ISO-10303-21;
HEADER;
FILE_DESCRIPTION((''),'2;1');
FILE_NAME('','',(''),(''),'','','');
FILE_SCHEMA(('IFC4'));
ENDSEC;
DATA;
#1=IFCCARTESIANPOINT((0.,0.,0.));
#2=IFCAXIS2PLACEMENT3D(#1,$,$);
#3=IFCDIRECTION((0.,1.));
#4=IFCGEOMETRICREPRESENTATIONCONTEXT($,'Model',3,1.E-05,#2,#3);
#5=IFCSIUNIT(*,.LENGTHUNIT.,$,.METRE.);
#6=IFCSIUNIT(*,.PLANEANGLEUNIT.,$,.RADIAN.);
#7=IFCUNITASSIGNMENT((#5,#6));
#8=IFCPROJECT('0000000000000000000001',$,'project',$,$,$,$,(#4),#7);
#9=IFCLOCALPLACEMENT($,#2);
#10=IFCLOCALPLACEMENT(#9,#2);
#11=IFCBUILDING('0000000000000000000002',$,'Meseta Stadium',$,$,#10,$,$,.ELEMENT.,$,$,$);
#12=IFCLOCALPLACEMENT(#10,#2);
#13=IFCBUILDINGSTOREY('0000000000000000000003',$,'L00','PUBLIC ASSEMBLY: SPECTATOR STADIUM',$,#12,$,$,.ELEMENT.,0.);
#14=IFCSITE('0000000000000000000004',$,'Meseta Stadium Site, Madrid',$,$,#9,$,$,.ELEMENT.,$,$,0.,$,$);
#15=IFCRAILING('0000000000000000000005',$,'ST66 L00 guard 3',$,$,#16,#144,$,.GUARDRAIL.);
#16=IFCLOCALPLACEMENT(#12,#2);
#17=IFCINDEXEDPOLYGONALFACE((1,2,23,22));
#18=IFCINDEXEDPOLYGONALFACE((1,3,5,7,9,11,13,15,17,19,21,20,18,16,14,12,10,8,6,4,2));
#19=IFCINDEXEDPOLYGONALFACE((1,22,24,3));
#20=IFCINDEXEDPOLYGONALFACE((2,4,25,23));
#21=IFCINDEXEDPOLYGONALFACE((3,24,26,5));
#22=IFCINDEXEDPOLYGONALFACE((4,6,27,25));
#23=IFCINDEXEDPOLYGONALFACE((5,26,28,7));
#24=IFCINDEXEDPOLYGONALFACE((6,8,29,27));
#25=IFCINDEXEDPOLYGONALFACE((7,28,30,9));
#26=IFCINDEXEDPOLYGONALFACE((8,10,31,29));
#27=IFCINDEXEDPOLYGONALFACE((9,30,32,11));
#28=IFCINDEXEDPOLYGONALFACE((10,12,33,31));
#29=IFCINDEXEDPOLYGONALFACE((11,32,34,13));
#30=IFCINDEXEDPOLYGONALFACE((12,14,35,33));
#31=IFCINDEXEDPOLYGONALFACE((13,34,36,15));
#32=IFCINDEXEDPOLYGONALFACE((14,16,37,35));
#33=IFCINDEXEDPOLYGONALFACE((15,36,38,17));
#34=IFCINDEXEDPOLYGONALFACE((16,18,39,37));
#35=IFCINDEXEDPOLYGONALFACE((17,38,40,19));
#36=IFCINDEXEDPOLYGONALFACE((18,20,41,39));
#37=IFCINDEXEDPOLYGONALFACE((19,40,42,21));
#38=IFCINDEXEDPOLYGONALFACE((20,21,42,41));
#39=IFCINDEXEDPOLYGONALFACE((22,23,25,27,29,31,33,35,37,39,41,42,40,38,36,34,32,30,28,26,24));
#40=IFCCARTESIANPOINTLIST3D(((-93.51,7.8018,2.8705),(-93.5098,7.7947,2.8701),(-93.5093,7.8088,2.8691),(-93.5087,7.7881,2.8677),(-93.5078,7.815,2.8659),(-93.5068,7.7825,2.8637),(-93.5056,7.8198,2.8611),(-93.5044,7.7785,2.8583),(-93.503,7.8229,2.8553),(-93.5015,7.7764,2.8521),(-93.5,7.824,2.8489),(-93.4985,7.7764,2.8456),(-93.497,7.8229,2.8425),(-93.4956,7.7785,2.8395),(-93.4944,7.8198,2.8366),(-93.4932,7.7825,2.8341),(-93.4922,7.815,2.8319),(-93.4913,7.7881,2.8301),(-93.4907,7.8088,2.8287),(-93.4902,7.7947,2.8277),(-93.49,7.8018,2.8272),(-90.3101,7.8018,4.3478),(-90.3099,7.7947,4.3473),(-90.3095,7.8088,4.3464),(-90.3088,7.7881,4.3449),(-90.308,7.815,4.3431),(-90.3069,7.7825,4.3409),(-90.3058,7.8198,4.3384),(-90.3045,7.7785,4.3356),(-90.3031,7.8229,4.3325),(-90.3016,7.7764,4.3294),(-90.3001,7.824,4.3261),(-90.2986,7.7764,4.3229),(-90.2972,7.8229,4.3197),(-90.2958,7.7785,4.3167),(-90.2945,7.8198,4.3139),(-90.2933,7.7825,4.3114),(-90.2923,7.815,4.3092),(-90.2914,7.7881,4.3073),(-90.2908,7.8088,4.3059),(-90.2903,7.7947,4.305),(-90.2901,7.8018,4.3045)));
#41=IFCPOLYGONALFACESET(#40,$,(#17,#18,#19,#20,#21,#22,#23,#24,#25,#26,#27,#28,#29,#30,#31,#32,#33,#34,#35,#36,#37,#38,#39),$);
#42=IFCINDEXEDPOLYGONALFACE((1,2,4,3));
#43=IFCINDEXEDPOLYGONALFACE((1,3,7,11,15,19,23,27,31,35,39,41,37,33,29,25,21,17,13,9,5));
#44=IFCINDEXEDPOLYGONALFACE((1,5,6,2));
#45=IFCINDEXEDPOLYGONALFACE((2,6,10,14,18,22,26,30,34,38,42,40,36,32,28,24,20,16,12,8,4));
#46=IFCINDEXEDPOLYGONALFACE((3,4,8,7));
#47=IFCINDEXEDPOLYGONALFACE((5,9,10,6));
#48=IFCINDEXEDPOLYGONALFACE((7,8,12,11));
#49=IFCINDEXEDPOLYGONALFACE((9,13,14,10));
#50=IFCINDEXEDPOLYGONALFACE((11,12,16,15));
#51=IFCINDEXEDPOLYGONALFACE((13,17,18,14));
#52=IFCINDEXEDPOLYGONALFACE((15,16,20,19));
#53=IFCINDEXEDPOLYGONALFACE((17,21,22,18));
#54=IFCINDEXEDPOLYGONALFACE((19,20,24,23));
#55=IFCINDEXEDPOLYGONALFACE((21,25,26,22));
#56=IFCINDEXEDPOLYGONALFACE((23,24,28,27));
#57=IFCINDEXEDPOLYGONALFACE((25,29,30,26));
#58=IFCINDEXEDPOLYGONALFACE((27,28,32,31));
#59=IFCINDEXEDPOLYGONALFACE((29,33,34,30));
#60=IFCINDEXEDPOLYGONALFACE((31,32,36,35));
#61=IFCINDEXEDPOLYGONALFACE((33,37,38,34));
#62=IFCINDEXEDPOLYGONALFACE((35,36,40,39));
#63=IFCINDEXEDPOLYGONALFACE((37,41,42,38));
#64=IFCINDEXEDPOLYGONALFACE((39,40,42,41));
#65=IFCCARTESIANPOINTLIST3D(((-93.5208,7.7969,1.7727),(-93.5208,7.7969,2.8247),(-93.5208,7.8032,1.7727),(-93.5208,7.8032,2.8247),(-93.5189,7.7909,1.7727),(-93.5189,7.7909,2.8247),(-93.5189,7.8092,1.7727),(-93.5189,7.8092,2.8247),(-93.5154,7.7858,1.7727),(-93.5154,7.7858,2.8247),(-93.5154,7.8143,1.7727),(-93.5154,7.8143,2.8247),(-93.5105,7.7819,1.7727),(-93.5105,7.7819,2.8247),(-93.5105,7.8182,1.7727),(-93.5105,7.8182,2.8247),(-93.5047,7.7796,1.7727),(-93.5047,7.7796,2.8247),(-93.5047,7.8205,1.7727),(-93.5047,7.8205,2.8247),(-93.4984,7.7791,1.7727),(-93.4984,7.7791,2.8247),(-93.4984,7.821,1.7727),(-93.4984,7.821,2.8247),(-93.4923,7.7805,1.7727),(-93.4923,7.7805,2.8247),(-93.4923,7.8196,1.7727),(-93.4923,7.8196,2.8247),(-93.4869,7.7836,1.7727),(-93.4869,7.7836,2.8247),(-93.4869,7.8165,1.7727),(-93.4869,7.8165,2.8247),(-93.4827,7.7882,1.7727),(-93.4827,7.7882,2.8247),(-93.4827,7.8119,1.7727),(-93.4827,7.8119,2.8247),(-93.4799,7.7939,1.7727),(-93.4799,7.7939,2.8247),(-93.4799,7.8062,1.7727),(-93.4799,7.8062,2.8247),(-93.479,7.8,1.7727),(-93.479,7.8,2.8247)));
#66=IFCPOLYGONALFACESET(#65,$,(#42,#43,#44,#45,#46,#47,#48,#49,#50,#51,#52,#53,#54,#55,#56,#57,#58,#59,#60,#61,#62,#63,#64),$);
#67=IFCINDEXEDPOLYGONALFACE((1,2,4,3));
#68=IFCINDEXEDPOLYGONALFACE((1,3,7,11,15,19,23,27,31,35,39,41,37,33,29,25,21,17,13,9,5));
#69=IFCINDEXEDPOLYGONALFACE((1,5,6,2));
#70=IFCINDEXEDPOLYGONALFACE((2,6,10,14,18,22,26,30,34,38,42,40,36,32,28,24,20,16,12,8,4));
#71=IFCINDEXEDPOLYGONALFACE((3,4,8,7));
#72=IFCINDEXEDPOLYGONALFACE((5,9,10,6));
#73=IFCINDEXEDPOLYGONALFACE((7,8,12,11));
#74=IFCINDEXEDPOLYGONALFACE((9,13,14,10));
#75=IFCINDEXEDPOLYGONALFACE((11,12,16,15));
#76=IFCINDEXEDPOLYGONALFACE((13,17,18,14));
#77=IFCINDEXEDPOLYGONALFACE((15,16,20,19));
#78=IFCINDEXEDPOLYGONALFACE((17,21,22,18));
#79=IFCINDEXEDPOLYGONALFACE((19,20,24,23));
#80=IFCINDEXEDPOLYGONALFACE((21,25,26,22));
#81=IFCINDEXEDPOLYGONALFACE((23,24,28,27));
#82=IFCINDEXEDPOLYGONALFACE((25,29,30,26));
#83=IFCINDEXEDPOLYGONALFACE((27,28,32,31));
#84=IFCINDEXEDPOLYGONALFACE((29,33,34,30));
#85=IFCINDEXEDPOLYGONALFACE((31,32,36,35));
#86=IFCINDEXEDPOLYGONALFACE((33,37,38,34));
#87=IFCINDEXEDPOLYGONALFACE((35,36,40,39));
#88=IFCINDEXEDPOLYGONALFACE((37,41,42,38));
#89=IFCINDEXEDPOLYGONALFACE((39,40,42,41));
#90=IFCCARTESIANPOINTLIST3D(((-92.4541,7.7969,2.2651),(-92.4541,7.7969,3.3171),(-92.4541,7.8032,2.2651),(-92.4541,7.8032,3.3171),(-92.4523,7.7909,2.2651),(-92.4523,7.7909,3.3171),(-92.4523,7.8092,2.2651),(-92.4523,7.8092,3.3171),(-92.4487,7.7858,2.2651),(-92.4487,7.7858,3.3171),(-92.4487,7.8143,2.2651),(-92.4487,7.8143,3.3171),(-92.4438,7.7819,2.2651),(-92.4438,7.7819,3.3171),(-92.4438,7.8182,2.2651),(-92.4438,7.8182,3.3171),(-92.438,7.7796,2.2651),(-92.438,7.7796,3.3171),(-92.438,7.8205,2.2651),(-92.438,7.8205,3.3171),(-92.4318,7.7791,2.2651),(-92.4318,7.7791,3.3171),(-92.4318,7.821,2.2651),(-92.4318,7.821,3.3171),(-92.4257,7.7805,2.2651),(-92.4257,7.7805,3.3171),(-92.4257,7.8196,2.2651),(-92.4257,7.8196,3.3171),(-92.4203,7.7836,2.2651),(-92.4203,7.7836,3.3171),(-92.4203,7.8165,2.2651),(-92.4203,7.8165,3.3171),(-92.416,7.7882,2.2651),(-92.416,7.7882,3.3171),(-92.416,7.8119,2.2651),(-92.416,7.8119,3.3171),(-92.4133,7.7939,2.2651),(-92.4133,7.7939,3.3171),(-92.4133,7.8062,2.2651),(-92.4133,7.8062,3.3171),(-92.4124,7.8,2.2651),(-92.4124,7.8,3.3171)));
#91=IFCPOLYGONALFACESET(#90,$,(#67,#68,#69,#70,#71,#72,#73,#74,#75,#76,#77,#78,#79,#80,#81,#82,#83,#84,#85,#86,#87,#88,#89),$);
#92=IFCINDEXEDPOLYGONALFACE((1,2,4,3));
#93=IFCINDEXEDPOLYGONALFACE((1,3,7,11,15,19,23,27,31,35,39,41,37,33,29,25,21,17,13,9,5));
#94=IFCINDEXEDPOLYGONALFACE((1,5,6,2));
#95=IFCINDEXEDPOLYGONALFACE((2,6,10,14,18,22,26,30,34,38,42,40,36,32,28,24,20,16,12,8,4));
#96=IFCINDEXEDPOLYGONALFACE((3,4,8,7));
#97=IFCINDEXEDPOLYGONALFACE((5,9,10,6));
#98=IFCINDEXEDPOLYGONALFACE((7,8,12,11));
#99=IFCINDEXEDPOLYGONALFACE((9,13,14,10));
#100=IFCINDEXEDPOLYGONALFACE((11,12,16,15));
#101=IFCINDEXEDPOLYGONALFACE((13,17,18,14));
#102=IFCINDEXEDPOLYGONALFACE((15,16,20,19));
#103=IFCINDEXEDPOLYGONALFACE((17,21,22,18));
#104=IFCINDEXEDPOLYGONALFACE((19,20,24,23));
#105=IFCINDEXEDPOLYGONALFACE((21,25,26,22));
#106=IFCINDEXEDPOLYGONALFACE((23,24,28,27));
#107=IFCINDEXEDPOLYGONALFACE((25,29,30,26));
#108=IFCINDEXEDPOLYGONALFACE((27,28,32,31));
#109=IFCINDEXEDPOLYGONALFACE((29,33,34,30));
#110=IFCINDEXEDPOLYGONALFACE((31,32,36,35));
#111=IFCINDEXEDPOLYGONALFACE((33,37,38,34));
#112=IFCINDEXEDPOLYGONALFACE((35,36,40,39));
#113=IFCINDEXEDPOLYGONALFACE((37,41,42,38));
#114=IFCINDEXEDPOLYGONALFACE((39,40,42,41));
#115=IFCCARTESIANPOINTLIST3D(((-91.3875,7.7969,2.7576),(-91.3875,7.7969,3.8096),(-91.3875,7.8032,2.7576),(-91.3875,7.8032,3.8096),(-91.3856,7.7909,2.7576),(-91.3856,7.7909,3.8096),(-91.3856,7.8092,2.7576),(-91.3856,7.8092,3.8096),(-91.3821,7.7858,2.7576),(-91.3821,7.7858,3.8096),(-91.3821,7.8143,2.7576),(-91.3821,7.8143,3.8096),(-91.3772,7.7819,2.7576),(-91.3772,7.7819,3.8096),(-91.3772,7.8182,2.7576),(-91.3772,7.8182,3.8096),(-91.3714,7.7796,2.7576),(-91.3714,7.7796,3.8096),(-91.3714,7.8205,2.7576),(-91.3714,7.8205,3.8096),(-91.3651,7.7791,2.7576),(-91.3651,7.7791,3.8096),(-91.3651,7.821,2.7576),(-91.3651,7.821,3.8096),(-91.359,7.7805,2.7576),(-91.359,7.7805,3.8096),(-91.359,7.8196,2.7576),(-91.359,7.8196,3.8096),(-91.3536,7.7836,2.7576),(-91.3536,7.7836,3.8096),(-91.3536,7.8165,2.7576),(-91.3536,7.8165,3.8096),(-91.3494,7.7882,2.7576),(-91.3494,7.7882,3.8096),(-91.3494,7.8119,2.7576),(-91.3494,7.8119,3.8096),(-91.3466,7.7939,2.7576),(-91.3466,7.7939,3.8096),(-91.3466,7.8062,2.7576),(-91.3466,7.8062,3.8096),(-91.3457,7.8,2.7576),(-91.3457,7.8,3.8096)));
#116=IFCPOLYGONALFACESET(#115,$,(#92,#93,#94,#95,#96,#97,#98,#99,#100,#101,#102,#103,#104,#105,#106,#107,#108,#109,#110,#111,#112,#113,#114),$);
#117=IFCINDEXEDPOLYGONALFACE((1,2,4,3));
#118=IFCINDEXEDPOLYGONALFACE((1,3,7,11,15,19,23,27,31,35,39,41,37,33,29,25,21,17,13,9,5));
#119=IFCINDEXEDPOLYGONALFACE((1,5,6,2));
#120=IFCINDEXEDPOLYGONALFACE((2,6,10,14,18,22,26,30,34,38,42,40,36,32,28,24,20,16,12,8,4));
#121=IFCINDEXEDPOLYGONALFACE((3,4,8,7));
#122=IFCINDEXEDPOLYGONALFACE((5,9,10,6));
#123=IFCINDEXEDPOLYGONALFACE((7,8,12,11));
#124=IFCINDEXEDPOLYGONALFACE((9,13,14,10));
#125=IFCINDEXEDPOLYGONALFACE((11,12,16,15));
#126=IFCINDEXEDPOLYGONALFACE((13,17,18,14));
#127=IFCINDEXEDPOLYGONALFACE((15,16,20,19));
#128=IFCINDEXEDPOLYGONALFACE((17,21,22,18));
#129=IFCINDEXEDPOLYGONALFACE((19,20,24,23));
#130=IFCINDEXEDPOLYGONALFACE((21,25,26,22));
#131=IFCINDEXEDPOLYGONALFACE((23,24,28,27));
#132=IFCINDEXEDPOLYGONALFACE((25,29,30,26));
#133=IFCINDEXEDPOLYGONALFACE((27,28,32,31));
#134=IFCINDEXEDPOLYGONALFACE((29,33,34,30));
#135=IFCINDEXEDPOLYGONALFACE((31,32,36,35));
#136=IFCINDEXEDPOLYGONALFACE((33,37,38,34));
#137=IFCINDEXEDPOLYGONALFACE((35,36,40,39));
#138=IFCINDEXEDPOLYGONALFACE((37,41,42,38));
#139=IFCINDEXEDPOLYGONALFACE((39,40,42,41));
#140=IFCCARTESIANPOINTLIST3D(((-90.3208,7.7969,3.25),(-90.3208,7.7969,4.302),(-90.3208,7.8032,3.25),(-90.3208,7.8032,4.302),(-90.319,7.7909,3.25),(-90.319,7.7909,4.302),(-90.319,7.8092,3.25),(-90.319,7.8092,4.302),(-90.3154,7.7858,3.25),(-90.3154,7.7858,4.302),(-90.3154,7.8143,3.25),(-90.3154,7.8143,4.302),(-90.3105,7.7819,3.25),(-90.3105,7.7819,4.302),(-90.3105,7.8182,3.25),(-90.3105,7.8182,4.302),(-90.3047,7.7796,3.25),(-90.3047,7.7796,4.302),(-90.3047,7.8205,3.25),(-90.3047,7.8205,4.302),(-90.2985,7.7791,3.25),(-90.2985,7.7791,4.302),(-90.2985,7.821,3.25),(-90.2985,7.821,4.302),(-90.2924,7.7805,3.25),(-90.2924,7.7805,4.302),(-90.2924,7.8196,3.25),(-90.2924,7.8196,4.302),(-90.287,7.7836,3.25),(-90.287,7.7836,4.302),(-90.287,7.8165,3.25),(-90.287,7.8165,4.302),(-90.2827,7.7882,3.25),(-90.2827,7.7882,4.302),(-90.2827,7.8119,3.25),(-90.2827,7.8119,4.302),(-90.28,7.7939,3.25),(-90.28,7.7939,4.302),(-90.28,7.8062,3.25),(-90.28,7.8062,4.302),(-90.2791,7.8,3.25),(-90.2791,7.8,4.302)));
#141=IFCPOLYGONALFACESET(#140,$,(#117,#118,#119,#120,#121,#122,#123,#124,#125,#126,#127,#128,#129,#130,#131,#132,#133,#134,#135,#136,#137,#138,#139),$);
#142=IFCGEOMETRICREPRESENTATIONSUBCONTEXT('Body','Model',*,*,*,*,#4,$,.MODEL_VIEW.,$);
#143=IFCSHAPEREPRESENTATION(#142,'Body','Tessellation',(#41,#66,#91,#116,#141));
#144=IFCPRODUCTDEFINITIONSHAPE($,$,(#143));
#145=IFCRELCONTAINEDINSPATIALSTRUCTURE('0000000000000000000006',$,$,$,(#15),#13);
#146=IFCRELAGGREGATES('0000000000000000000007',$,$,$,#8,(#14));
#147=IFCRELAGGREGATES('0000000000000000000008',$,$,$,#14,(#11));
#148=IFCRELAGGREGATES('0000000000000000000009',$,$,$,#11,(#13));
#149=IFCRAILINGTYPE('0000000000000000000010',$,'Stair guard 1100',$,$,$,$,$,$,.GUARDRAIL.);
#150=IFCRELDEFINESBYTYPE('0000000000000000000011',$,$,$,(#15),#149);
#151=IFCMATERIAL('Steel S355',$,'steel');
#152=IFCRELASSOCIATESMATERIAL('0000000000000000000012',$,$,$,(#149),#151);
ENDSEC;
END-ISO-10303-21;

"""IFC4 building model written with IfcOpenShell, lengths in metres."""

from ifc_helpers import new_model, si_unit, direction, frame, origin, origin_2d, place, context, subcontext, project, spatial, circle, extrude, material, type_object, element, save


model = new_model("IFC4")

# Units and contexts
model_context = context("Model", 3, precision=1e-05, world=origin(), true_north=direction((0.0, 1.0)))
body_context = subcontext(model_context, "Body", "Model", "MODEL_VIEW")
ifc_project = project(units=[si_unit("LENGTHUNIT", "METRE"), si_unit("PLANEANGLEUNIT", "RADIAN")], contexts=[model_context])

# Site, building, storey
site_placement = place(None, origin())
site = spatial("IfcSite", under=ifc_project, at=site_placement, Name="Meseta Stadium Site, Madrid", CompositionType="ELEMENT", RefElevation=0.0)
building_placement = place(site_placement, origin())
building = spatial("IfcBuilding", under=site, at=building_placement, Name="Meseta Stadium", CompositionType="ELEMENT")
storey_placement = place(building_placement, origin())
storey = spatial("IfcBuildingStorey", under=building, at=storey_placement, Name="L00", Description="PUBLIC ASSEMBLY: SPECTATOR STADIUM", CompositionType="ELEMENT", Elevation=0.0)

# Railing
ifc_material_1 = material(Name="Steel S355", Category="steel")
railing_type_1 = type_object("IfcRailingType", Name="Stair guard 1100", PredefinedType="GUARDRAIL", material=ifc_material_1)
railing_1_placement = place(storey_placement, frame((-93.5, 7.8, 1.7727)))
element("IfcRailing", 1, at=railing_1_placement, inside=storey, type_object=railing_type_1, Name="ST66 L00 guard 3", PredefinedType="GUARDRAIL", context=body_context, shape_type="SweptSolid", body=[
    extrude(circle(Radius=0.0239, at=origin_2d()), frame((0.0, 0.0, 1.0762), z_axis=(0.907917, 0.0, 0.41915), x_axis=(0.0, 1.0, 0.0)), (0.0, 0.0, 1.0), 3.5244),
    extrude(circle(Radius=0.021, at=origin_2d()), origin(), (0.0, 0.0, 1.0), 1.052),
    extrude(circle(Radius=0.021, at=origin_2d()), frame((1.0667, 0.0, 0.4924)), (0.0, 0.0, 1.0), 1.052),
    extrude(circle(Radius=0.021, at=origin_2d()), frame((2.1333, 0.0, 0.9849)), (0.0, 0.0, 1.0), 1.052),
    extrude(circle(Radius=0.021, at=origin_2d()), frame((3.2, 0.0, 1.4773)), (0.0, 0.0, 1.0), 1.052),
])

save(model, "model.ifc")
